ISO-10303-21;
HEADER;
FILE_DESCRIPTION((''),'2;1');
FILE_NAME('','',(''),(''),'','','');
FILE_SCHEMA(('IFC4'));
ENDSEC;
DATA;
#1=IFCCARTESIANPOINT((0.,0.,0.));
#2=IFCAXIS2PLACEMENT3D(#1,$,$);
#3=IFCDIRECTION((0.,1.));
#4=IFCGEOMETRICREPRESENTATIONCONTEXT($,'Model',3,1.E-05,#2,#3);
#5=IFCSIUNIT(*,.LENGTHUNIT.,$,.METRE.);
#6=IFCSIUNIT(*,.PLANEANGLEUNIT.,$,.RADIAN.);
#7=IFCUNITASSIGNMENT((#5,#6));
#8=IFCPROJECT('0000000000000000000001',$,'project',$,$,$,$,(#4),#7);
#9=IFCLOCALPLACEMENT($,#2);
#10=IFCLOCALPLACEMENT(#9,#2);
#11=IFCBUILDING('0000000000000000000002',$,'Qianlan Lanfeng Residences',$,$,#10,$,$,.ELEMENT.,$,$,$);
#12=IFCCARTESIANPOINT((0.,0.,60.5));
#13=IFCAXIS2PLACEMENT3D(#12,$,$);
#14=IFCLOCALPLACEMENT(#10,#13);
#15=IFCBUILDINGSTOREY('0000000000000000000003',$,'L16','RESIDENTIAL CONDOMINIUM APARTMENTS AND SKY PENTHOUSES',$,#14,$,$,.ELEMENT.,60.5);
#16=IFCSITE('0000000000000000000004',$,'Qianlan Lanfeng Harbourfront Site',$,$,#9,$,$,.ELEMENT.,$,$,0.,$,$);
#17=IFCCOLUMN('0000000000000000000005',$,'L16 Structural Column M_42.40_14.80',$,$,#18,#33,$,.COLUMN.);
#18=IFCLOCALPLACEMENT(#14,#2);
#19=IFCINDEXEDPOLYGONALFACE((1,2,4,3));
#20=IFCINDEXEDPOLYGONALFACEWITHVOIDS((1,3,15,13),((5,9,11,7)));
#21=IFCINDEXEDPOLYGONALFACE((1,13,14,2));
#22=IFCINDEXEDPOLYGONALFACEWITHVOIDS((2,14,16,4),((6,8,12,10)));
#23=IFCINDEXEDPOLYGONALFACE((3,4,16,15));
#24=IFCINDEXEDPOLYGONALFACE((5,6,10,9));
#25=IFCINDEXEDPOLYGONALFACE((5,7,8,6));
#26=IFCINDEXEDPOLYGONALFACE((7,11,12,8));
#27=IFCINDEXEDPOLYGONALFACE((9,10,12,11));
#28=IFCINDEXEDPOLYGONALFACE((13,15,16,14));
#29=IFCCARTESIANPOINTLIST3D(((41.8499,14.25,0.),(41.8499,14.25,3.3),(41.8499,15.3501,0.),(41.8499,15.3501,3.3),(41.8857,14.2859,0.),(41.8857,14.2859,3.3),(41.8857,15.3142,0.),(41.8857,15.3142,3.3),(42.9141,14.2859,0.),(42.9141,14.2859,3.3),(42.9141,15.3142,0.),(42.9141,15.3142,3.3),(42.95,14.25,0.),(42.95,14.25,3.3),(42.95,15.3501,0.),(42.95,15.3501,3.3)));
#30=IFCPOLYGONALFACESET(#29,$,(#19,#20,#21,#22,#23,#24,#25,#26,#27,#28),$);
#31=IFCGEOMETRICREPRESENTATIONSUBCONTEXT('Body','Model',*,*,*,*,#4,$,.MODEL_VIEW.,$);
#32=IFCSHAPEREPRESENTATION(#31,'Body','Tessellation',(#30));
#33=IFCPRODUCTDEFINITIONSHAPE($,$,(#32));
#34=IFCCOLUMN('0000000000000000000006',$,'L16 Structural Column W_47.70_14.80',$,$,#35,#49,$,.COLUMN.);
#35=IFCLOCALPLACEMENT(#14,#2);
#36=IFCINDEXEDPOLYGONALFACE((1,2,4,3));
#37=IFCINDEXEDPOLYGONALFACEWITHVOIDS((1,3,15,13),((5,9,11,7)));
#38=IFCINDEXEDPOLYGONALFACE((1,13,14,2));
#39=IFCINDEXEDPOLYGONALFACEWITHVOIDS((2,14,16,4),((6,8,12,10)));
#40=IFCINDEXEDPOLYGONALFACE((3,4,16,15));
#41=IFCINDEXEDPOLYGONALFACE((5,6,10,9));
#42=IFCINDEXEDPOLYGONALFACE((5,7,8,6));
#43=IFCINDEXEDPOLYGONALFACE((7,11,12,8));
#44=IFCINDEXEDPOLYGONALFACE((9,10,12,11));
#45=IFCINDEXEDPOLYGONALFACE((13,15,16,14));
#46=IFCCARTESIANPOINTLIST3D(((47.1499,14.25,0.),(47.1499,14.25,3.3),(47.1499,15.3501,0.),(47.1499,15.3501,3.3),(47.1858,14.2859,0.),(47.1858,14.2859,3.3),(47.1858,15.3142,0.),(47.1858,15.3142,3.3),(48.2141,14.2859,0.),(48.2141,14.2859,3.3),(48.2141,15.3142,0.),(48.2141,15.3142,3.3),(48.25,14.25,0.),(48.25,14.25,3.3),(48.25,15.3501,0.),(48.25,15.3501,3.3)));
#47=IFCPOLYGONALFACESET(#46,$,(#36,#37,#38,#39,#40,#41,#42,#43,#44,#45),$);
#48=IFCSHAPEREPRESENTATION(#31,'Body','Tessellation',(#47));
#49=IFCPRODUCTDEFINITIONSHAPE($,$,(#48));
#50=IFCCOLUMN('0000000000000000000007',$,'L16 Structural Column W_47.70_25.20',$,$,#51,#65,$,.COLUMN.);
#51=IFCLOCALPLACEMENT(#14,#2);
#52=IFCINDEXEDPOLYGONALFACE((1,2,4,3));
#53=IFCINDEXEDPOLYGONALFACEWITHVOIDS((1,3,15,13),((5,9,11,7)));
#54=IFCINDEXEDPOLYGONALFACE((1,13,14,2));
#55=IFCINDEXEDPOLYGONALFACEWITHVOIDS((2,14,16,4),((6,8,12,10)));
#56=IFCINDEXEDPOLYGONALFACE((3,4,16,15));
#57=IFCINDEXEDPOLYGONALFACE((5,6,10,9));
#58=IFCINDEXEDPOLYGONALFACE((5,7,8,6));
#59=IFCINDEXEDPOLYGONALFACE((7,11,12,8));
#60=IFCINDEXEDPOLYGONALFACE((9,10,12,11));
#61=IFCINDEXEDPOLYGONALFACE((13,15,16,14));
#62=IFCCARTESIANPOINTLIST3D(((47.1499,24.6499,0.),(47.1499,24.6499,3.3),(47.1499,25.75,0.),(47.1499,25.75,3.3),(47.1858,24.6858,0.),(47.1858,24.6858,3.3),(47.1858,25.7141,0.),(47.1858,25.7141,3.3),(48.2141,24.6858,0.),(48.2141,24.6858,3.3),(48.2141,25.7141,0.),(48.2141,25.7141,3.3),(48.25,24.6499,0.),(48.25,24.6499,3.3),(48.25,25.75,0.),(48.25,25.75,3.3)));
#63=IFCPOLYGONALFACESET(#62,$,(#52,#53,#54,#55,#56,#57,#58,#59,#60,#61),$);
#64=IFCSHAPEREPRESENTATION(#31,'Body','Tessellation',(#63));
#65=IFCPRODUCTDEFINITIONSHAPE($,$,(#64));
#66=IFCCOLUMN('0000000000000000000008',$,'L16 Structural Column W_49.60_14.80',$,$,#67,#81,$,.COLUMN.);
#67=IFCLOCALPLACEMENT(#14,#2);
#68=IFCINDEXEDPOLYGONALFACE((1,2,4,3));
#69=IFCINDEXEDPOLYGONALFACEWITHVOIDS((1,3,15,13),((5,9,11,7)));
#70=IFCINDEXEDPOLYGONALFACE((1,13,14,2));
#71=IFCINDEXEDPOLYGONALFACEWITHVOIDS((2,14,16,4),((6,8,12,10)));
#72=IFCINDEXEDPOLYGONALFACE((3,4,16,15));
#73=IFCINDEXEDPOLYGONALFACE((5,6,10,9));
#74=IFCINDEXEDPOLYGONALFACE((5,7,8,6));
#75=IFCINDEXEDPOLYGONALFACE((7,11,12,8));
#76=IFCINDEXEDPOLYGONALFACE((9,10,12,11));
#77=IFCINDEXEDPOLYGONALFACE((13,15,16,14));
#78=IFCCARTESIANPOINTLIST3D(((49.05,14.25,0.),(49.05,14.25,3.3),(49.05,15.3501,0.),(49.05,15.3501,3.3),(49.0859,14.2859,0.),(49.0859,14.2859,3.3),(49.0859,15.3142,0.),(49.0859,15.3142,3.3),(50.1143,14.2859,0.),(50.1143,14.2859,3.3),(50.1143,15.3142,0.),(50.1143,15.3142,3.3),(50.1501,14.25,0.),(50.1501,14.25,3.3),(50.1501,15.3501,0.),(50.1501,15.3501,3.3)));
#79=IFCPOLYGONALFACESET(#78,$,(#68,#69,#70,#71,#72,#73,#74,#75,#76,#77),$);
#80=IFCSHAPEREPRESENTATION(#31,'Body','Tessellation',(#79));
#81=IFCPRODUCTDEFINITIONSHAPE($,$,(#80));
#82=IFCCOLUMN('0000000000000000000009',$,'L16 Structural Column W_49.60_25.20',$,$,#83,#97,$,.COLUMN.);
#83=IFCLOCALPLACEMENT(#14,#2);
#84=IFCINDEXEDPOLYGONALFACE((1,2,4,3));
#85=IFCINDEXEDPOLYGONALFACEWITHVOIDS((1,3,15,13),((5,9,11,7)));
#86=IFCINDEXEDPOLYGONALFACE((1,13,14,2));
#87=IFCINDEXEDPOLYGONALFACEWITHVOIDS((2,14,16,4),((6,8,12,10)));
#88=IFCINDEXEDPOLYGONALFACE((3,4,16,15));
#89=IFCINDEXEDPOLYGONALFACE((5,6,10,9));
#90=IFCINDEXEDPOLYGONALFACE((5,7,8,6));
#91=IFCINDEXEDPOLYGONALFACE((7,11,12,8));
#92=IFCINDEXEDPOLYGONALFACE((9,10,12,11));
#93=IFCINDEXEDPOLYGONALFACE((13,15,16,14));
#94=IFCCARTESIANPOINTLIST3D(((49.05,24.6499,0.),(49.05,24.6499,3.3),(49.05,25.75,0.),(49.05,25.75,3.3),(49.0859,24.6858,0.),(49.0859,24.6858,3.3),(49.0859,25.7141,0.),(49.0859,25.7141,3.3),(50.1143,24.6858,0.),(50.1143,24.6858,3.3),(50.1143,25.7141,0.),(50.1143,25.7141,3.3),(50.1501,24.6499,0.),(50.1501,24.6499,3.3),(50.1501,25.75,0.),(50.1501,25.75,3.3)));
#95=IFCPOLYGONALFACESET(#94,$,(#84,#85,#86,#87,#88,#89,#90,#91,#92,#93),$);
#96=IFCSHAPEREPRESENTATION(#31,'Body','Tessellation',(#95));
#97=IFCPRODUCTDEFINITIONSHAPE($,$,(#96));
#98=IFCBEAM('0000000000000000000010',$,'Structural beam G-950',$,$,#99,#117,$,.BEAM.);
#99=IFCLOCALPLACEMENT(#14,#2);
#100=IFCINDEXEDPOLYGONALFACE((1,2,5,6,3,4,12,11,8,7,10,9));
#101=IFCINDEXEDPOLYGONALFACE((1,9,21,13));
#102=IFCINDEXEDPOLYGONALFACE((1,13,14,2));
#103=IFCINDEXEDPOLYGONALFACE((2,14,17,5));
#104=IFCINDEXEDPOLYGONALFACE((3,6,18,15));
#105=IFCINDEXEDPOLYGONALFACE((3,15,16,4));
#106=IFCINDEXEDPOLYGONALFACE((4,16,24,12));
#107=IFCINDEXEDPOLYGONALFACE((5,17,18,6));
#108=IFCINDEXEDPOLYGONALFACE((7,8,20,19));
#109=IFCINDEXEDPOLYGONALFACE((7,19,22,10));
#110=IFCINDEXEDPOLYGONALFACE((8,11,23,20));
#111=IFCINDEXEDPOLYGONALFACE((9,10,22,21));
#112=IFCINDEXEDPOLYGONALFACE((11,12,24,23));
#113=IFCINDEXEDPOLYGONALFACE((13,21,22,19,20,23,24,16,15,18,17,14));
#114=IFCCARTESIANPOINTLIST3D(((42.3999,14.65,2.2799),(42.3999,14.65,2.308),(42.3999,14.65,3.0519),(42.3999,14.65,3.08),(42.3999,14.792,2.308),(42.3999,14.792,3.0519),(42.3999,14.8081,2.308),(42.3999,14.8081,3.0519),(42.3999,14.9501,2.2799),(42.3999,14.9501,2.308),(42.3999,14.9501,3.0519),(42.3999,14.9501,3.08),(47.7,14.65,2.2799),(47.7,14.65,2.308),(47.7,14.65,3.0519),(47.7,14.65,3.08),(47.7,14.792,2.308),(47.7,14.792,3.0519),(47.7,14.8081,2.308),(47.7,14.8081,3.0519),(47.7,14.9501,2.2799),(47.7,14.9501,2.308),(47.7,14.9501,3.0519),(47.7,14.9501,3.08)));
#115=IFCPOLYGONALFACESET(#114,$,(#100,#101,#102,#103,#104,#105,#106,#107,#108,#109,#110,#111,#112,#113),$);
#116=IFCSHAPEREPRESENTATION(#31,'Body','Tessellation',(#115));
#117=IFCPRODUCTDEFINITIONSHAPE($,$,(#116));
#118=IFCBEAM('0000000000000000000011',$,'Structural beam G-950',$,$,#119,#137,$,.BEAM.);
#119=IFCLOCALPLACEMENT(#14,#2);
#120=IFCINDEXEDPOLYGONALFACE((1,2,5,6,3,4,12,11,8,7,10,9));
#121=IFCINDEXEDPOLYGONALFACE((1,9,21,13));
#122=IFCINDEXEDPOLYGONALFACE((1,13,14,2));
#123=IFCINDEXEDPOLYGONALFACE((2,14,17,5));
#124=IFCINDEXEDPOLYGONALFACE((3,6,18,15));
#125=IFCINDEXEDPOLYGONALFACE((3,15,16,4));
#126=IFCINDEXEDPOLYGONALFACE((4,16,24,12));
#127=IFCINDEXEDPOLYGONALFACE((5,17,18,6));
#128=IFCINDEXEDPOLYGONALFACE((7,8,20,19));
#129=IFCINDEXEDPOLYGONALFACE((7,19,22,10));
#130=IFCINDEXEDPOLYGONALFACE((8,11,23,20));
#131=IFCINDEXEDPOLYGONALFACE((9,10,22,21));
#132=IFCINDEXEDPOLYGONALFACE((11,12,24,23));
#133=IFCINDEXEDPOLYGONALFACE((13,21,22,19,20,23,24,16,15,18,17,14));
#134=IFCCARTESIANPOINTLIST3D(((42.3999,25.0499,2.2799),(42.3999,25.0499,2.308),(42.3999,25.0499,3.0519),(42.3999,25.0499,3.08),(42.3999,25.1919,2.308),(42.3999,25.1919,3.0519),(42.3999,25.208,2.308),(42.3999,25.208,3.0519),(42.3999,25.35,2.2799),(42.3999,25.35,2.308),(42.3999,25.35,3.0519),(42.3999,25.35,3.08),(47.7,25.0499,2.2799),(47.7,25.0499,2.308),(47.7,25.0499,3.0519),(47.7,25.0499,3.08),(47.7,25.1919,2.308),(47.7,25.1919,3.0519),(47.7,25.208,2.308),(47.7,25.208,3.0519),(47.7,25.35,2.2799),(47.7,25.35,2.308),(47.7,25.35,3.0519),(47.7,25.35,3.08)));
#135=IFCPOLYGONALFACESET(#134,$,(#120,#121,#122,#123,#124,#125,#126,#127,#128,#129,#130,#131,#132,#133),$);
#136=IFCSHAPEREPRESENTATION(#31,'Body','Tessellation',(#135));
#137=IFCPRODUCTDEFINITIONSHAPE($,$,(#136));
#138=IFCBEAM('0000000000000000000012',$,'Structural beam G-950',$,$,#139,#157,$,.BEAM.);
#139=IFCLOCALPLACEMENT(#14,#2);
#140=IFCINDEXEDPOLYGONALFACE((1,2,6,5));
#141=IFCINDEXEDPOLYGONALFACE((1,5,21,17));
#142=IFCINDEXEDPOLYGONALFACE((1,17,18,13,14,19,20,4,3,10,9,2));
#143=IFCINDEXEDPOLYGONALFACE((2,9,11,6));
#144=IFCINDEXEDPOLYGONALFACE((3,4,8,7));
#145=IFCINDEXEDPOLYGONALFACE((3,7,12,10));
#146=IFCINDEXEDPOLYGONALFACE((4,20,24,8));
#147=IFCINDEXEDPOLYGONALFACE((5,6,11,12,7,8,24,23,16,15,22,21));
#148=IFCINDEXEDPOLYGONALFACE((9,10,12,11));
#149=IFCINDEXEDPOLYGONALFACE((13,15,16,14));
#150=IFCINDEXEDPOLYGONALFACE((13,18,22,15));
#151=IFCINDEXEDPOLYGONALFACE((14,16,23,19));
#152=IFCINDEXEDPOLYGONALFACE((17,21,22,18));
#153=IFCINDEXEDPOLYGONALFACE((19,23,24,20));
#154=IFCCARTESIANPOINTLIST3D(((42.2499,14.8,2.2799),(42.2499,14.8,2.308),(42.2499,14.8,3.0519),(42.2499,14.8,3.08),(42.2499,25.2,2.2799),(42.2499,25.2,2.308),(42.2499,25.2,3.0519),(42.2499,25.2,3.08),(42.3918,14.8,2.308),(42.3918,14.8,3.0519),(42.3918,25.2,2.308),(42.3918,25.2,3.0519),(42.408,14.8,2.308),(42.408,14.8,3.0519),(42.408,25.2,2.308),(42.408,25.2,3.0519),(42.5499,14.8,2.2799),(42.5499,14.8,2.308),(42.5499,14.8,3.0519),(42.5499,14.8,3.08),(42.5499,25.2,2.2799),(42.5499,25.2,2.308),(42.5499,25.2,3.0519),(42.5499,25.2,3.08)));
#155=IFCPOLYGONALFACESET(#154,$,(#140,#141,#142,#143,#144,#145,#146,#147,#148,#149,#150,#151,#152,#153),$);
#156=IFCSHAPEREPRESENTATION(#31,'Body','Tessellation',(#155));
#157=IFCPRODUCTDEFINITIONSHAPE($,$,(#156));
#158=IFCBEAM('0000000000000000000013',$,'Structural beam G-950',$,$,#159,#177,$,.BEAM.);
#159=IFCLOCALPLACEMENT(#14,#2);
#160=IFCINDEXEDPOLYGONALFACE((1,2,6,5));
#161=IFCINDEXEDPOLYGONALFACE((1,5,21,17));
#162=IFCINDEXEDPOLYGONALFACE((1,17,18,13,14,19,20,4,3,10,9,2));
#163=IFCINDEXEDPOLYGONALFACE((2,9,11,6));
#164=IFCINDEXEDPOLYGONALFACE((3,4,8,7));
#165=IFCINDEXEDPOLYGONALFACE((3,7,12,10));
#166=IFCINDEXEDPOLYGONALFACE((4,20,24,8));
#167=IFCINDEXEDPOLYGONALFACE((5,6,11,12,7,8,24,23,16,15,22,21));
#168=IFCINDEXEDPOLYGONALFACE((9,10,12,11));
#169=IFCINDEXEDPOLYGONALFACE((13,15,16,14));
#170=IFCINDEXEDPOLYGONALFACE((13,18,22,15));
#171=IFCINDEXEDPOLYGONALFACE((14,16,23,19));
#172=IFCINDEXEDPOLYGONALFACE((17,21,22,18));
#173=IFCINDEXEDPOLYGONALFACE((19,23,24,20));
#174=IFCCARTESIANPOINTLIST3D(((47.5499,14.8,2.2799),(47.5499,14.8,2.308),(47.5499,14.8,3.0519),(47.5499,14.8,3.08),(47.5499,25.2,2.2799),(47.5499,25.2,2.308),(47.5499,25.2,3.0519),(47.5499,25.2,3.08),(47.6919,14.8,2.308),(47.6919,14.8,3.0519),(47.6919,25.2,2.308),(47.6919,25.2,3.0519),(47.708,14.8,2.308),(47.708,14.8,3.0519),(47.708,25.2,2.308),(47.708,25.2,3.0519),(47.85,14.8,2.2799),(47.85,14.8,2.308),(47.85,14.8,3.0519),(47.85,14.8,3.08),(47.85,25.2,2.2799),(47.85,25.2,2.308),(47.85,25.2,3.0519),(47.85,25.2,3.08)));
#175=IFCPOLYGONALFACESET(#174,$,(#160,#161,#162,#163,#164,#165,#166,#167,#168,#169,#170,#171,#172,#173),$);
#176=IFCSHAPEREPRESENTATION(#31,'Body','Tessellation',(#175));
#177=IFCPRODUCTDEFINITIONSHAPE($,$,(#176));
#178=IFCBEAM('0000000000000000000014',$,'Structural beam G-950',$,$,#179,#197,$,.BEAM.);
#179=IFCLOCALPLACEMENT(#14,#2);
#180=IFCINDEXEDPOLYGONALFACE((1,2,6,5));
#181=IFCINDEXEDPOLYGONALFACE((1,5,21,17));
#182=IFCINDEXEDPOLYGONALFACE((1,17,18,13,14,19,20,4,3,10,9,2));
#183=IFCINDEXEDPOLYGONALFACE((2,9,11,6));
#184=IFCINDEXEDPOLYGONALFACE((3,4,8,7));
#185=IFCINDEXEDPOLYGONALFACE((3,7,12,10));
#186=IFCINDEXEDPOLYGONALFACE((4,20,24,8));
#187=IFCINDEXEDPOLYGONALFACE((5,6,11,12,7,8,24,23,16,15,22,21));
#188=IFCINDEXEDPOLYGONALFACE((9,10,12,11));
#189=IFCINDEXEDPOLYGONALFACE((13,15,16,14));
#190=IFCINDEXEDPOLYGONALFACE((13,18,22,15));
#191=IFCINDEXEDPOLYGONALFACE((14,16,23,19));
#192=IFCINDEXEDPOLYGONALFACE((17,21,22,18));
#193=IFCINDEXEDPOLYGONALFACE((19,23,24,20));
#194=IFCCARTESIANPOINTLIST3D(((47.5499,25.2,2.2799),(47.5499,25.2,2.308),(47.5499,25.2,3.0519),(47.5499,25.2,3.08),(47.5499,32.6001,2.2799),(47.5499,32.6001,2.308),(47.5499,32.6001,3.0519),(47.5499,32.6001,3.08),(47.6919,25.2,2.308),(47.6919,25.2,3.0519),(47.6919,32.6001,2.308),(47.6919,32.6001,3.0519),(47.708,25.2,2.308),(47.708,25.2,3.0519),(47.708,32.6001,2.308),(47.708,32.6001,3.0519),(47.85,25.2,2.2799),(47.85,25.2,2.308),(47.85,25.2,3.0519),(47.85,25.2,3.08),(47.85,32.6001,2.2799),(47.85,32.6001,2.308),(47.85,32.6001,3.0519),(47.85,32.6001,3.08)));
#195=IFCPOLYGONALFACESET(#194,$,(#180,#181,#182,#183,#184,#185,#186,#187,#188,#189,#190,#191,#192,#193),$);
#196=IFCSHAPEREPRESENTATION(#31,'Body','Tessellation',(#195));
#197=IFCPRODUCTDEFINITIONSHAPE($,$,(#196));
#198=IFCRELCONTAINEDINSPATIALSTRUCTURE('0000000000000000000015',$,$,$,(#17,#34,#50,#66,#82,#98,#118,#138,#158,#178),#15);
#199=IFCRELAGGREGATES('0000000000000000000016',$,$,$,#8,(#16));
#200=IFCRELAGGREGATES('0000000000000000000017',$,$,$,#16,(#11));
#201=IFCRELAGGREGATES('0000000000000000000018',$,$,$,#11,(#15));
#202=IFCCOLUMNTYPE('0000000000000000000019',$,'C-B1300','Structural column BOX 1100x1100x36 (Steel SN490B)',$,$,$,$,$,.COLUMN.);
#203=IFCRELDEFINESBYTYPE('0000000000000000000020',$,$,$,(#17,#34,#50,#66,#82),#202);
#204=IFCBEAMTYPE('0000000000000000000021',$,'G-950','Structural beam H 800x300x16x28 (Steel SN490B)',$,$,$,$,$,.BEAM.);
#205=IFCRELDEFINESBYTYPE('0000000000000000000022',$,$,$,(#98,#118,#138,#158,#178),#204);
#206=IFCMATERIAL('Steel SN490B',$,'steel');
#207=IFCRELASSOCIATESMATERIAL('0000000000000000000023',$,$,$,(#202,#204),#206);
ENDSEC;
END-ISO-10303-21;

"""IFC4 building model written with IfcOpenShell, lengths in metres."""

from ifc_helpers import new_model, si_unit, direction, frame, origin, origin_2d, place, context, subcontext, project, spatial, hollow_rectangle, i_section, extrude, material, material_profile, profile_set, type_object, element, save


model = new_model("IFC4")

# Units and contexts
model_context = context("Model", 3, precision=1e-05, world=origin(), true_north=direction((0.0, 1.0)))
body_context = subcontext(model_context, "Body", "Model", "MODEL_VIEW")
ifc_project = project(units=[si_unit("LENGTHUNIT", "METRE"), si_unit("PLANEANGLEUNIT", "RADIAN")], contexts=[model_context])

# Site, building, storey
site_placement = place(None, origin())
site = spatial("IfcSite", under=ifc_project, at=site_placement, Name="Qianlan Lanfeng Harbourfront Site", CompositionType="ELEMENT", RefElevation=0.0)
building_placement = place(site_placement, origin())
building = spatial("IfcBuilding", under=site, at=building_placement, Name="Qianlan Lanfeng Residences", CompositionType="ELEMENT")
storey_placement = place(building_placement, frame((0.0, 0.0, 60.5)))
storey = spatial("IfcBuildingStorey", under=building, at=storey_placement, Name="L16", Description="RESIDENTIAL CONDOMINIUM APARTMENTS AND SKY PENTHOUSES", CompositionType="ELEMENT", Elevation=60.5)

# Columns
ifc_material_1 = material(Name="Steel SN490B", Category="steel")
ifc_material_profile_1 = material_profile(ifc_material_1, hollow_rectangle(XDim=1.1001, YDim=1.1001, WallThickness=0.0359, at=origin_2d()), Name="BOX 1100x1100x36")
ifc_profile_set_1 = profile_set([ifc_material_profile_1], Name="Steel SN490B")
column_type = type_object("IfcColumnType", Name="C-B1300", Description="Structural column BOX 1100x1100x36 (Steel SN490B)", PredefinedType="COLUMN", material=ifc_profile_set_1)
for number, where, z_axis, x_axis, name in (
    (1, (42.3999, 14.8, 0.0), (0.0, 0.0, 1.0), (1.0, 0.0, 0.0), "L16 Structural Column M_42.40_14.80"),
    (2, (47.7, 14.8, 0.0), (0.0, 0.0, 1.0), (1.0, 0.0, 0.0), "L16 Structural Column W_47.70_14.80"),
    (3, (47.7, 25.2, 0.0), (0.0, 0.0, 1.0), (1.0, 0.0, 0.0), "L16 Structural Column W_47.70_25.20"),
    (4, (49.6001, 14.8, 0.0), (0.0, 0.0, 1.0), (1.0, 0.0, 0.0), "L16 Structural Column W_49.60_14.80"),
    (5, (49.6001, 25.2, 0.0), (0.0, 0.0, 1.0), (1.0, 0.0, 0.0), "L16 Structural Column W_49.60_25.20"),
):
    element("IfcColumn", number, at=place(storey_placement, frame(where, z_axis=z_axis, x_axis=x_axis)), inside=storey, type_object=column_type, Name=name, PredefinedType="COLUMN", context=body_context, shape_type="SweptSolid", body=[
        extrude(hollow_rectangle(XDim=1.1001, YDim=1.1001, WallThickness=0.0359, at=origin_2d()), origin(), (0.0, 0.0, 1.0), 3.3),
    ])

# Beams
ifc_material_profile_2 = material_profile(ifc_material_1, i_section(OverallWidth=0.3, OverallDepth=0.8, WebThickness=0.0161, FlangeThickness=0.0281, at=origin_2d()), Name="H 800x300x16x28")
ifc_profile_set_2 = profile_set([ifc_material_profile_2], Name="Steel SN490B")
beam_type_1 = type_object("IfcBeamType", Name="G-950", Description="Structural beam H 800x300x16x28 (Steel SN490B)", PredefinedType="BEAM", material=ifc_profile_set_2)
for number, where, z_axis, x_axis, name in (
    (6, (42.3999, 14.8, 2.6799), (1.0, 0.0, 0.0), (0.0, 1.0, 0.0), "Structural beam G-950"),
    (7, (42.3999, 25.2, 2.6799), (1.0, 0.0, 0.0), (0.0, 1.0, 0.0), "Structural beam G-950"),
):
    element("IfcBeam", number, at=place(storey_placement, frame(where, z_axis=z_axis, x_axis=x_axis)), inside=storey, type_object=beam_type_1, Name=name, PredefinedType="BEAM", context=body_context, shape_type="SweptSolid", body=[
        extrude(i_section(OverallWidth=0.3, OverallDepth=0.8, WebThickness=0.0161, FlangeThickness=0.0281, at=origin_2d()), origin(), (0.0, 0.0, 1.0), 5.3),
    ])
for number, where, z_axis, x_axis, name in (
    (8, (42.3999, 14.8, 2.6799), (0.0, 1.0, 0.0), (-1.0, 0.0, 0.0), "Structural beam G-950"),
    (9, (47.7, 14.8, 2.6799), (0.0, 1.0, 0.0), (-1.0, 0.0, 0.0), "Structural beam G-950"),
):
    element("IfcBeam", number, at=place(storey_placement, frame(where, z_axis=z_axis, x_axis=x_axis)), inside=storey, type_object=beam_type_1, Name=name, PredefinedType="BEAM", context=body_context, shape_type="SweptSolid", body=[
        extrude(i_section(OverallWidth=0.3, OverallDepth=0.8, WebThickness=0.0161, FlangeThickness=0.0281, at=origin_2d()), origin(), (0.0, 0.0, 1.0), 10.3999),
    ])
beam_1_placement = place(storey_placement, frame((47.7, 25.2, 2.6799), z_axis=(0.0, 1.0, 0.0), x_axis=(-1.0, 0.0, 0.0)))
element("IfcBeam", 10, at=beam_1_placement, inside=storey, type_object=beam_type_1, Name="Structural beam G-950", PredefinedType="BEAM", context=body_context, shape_type="SweptSolid", body=[
    extrude(i_section(OverallWidth=0.3, OverallDepth=0.8, WebThickness=0.0161, FlangeThickness=0.0281, at=origin_2d()), origin(), (0.0, 0.0, 1.0), 7.4001),
])

save(model, "model.ifc")
